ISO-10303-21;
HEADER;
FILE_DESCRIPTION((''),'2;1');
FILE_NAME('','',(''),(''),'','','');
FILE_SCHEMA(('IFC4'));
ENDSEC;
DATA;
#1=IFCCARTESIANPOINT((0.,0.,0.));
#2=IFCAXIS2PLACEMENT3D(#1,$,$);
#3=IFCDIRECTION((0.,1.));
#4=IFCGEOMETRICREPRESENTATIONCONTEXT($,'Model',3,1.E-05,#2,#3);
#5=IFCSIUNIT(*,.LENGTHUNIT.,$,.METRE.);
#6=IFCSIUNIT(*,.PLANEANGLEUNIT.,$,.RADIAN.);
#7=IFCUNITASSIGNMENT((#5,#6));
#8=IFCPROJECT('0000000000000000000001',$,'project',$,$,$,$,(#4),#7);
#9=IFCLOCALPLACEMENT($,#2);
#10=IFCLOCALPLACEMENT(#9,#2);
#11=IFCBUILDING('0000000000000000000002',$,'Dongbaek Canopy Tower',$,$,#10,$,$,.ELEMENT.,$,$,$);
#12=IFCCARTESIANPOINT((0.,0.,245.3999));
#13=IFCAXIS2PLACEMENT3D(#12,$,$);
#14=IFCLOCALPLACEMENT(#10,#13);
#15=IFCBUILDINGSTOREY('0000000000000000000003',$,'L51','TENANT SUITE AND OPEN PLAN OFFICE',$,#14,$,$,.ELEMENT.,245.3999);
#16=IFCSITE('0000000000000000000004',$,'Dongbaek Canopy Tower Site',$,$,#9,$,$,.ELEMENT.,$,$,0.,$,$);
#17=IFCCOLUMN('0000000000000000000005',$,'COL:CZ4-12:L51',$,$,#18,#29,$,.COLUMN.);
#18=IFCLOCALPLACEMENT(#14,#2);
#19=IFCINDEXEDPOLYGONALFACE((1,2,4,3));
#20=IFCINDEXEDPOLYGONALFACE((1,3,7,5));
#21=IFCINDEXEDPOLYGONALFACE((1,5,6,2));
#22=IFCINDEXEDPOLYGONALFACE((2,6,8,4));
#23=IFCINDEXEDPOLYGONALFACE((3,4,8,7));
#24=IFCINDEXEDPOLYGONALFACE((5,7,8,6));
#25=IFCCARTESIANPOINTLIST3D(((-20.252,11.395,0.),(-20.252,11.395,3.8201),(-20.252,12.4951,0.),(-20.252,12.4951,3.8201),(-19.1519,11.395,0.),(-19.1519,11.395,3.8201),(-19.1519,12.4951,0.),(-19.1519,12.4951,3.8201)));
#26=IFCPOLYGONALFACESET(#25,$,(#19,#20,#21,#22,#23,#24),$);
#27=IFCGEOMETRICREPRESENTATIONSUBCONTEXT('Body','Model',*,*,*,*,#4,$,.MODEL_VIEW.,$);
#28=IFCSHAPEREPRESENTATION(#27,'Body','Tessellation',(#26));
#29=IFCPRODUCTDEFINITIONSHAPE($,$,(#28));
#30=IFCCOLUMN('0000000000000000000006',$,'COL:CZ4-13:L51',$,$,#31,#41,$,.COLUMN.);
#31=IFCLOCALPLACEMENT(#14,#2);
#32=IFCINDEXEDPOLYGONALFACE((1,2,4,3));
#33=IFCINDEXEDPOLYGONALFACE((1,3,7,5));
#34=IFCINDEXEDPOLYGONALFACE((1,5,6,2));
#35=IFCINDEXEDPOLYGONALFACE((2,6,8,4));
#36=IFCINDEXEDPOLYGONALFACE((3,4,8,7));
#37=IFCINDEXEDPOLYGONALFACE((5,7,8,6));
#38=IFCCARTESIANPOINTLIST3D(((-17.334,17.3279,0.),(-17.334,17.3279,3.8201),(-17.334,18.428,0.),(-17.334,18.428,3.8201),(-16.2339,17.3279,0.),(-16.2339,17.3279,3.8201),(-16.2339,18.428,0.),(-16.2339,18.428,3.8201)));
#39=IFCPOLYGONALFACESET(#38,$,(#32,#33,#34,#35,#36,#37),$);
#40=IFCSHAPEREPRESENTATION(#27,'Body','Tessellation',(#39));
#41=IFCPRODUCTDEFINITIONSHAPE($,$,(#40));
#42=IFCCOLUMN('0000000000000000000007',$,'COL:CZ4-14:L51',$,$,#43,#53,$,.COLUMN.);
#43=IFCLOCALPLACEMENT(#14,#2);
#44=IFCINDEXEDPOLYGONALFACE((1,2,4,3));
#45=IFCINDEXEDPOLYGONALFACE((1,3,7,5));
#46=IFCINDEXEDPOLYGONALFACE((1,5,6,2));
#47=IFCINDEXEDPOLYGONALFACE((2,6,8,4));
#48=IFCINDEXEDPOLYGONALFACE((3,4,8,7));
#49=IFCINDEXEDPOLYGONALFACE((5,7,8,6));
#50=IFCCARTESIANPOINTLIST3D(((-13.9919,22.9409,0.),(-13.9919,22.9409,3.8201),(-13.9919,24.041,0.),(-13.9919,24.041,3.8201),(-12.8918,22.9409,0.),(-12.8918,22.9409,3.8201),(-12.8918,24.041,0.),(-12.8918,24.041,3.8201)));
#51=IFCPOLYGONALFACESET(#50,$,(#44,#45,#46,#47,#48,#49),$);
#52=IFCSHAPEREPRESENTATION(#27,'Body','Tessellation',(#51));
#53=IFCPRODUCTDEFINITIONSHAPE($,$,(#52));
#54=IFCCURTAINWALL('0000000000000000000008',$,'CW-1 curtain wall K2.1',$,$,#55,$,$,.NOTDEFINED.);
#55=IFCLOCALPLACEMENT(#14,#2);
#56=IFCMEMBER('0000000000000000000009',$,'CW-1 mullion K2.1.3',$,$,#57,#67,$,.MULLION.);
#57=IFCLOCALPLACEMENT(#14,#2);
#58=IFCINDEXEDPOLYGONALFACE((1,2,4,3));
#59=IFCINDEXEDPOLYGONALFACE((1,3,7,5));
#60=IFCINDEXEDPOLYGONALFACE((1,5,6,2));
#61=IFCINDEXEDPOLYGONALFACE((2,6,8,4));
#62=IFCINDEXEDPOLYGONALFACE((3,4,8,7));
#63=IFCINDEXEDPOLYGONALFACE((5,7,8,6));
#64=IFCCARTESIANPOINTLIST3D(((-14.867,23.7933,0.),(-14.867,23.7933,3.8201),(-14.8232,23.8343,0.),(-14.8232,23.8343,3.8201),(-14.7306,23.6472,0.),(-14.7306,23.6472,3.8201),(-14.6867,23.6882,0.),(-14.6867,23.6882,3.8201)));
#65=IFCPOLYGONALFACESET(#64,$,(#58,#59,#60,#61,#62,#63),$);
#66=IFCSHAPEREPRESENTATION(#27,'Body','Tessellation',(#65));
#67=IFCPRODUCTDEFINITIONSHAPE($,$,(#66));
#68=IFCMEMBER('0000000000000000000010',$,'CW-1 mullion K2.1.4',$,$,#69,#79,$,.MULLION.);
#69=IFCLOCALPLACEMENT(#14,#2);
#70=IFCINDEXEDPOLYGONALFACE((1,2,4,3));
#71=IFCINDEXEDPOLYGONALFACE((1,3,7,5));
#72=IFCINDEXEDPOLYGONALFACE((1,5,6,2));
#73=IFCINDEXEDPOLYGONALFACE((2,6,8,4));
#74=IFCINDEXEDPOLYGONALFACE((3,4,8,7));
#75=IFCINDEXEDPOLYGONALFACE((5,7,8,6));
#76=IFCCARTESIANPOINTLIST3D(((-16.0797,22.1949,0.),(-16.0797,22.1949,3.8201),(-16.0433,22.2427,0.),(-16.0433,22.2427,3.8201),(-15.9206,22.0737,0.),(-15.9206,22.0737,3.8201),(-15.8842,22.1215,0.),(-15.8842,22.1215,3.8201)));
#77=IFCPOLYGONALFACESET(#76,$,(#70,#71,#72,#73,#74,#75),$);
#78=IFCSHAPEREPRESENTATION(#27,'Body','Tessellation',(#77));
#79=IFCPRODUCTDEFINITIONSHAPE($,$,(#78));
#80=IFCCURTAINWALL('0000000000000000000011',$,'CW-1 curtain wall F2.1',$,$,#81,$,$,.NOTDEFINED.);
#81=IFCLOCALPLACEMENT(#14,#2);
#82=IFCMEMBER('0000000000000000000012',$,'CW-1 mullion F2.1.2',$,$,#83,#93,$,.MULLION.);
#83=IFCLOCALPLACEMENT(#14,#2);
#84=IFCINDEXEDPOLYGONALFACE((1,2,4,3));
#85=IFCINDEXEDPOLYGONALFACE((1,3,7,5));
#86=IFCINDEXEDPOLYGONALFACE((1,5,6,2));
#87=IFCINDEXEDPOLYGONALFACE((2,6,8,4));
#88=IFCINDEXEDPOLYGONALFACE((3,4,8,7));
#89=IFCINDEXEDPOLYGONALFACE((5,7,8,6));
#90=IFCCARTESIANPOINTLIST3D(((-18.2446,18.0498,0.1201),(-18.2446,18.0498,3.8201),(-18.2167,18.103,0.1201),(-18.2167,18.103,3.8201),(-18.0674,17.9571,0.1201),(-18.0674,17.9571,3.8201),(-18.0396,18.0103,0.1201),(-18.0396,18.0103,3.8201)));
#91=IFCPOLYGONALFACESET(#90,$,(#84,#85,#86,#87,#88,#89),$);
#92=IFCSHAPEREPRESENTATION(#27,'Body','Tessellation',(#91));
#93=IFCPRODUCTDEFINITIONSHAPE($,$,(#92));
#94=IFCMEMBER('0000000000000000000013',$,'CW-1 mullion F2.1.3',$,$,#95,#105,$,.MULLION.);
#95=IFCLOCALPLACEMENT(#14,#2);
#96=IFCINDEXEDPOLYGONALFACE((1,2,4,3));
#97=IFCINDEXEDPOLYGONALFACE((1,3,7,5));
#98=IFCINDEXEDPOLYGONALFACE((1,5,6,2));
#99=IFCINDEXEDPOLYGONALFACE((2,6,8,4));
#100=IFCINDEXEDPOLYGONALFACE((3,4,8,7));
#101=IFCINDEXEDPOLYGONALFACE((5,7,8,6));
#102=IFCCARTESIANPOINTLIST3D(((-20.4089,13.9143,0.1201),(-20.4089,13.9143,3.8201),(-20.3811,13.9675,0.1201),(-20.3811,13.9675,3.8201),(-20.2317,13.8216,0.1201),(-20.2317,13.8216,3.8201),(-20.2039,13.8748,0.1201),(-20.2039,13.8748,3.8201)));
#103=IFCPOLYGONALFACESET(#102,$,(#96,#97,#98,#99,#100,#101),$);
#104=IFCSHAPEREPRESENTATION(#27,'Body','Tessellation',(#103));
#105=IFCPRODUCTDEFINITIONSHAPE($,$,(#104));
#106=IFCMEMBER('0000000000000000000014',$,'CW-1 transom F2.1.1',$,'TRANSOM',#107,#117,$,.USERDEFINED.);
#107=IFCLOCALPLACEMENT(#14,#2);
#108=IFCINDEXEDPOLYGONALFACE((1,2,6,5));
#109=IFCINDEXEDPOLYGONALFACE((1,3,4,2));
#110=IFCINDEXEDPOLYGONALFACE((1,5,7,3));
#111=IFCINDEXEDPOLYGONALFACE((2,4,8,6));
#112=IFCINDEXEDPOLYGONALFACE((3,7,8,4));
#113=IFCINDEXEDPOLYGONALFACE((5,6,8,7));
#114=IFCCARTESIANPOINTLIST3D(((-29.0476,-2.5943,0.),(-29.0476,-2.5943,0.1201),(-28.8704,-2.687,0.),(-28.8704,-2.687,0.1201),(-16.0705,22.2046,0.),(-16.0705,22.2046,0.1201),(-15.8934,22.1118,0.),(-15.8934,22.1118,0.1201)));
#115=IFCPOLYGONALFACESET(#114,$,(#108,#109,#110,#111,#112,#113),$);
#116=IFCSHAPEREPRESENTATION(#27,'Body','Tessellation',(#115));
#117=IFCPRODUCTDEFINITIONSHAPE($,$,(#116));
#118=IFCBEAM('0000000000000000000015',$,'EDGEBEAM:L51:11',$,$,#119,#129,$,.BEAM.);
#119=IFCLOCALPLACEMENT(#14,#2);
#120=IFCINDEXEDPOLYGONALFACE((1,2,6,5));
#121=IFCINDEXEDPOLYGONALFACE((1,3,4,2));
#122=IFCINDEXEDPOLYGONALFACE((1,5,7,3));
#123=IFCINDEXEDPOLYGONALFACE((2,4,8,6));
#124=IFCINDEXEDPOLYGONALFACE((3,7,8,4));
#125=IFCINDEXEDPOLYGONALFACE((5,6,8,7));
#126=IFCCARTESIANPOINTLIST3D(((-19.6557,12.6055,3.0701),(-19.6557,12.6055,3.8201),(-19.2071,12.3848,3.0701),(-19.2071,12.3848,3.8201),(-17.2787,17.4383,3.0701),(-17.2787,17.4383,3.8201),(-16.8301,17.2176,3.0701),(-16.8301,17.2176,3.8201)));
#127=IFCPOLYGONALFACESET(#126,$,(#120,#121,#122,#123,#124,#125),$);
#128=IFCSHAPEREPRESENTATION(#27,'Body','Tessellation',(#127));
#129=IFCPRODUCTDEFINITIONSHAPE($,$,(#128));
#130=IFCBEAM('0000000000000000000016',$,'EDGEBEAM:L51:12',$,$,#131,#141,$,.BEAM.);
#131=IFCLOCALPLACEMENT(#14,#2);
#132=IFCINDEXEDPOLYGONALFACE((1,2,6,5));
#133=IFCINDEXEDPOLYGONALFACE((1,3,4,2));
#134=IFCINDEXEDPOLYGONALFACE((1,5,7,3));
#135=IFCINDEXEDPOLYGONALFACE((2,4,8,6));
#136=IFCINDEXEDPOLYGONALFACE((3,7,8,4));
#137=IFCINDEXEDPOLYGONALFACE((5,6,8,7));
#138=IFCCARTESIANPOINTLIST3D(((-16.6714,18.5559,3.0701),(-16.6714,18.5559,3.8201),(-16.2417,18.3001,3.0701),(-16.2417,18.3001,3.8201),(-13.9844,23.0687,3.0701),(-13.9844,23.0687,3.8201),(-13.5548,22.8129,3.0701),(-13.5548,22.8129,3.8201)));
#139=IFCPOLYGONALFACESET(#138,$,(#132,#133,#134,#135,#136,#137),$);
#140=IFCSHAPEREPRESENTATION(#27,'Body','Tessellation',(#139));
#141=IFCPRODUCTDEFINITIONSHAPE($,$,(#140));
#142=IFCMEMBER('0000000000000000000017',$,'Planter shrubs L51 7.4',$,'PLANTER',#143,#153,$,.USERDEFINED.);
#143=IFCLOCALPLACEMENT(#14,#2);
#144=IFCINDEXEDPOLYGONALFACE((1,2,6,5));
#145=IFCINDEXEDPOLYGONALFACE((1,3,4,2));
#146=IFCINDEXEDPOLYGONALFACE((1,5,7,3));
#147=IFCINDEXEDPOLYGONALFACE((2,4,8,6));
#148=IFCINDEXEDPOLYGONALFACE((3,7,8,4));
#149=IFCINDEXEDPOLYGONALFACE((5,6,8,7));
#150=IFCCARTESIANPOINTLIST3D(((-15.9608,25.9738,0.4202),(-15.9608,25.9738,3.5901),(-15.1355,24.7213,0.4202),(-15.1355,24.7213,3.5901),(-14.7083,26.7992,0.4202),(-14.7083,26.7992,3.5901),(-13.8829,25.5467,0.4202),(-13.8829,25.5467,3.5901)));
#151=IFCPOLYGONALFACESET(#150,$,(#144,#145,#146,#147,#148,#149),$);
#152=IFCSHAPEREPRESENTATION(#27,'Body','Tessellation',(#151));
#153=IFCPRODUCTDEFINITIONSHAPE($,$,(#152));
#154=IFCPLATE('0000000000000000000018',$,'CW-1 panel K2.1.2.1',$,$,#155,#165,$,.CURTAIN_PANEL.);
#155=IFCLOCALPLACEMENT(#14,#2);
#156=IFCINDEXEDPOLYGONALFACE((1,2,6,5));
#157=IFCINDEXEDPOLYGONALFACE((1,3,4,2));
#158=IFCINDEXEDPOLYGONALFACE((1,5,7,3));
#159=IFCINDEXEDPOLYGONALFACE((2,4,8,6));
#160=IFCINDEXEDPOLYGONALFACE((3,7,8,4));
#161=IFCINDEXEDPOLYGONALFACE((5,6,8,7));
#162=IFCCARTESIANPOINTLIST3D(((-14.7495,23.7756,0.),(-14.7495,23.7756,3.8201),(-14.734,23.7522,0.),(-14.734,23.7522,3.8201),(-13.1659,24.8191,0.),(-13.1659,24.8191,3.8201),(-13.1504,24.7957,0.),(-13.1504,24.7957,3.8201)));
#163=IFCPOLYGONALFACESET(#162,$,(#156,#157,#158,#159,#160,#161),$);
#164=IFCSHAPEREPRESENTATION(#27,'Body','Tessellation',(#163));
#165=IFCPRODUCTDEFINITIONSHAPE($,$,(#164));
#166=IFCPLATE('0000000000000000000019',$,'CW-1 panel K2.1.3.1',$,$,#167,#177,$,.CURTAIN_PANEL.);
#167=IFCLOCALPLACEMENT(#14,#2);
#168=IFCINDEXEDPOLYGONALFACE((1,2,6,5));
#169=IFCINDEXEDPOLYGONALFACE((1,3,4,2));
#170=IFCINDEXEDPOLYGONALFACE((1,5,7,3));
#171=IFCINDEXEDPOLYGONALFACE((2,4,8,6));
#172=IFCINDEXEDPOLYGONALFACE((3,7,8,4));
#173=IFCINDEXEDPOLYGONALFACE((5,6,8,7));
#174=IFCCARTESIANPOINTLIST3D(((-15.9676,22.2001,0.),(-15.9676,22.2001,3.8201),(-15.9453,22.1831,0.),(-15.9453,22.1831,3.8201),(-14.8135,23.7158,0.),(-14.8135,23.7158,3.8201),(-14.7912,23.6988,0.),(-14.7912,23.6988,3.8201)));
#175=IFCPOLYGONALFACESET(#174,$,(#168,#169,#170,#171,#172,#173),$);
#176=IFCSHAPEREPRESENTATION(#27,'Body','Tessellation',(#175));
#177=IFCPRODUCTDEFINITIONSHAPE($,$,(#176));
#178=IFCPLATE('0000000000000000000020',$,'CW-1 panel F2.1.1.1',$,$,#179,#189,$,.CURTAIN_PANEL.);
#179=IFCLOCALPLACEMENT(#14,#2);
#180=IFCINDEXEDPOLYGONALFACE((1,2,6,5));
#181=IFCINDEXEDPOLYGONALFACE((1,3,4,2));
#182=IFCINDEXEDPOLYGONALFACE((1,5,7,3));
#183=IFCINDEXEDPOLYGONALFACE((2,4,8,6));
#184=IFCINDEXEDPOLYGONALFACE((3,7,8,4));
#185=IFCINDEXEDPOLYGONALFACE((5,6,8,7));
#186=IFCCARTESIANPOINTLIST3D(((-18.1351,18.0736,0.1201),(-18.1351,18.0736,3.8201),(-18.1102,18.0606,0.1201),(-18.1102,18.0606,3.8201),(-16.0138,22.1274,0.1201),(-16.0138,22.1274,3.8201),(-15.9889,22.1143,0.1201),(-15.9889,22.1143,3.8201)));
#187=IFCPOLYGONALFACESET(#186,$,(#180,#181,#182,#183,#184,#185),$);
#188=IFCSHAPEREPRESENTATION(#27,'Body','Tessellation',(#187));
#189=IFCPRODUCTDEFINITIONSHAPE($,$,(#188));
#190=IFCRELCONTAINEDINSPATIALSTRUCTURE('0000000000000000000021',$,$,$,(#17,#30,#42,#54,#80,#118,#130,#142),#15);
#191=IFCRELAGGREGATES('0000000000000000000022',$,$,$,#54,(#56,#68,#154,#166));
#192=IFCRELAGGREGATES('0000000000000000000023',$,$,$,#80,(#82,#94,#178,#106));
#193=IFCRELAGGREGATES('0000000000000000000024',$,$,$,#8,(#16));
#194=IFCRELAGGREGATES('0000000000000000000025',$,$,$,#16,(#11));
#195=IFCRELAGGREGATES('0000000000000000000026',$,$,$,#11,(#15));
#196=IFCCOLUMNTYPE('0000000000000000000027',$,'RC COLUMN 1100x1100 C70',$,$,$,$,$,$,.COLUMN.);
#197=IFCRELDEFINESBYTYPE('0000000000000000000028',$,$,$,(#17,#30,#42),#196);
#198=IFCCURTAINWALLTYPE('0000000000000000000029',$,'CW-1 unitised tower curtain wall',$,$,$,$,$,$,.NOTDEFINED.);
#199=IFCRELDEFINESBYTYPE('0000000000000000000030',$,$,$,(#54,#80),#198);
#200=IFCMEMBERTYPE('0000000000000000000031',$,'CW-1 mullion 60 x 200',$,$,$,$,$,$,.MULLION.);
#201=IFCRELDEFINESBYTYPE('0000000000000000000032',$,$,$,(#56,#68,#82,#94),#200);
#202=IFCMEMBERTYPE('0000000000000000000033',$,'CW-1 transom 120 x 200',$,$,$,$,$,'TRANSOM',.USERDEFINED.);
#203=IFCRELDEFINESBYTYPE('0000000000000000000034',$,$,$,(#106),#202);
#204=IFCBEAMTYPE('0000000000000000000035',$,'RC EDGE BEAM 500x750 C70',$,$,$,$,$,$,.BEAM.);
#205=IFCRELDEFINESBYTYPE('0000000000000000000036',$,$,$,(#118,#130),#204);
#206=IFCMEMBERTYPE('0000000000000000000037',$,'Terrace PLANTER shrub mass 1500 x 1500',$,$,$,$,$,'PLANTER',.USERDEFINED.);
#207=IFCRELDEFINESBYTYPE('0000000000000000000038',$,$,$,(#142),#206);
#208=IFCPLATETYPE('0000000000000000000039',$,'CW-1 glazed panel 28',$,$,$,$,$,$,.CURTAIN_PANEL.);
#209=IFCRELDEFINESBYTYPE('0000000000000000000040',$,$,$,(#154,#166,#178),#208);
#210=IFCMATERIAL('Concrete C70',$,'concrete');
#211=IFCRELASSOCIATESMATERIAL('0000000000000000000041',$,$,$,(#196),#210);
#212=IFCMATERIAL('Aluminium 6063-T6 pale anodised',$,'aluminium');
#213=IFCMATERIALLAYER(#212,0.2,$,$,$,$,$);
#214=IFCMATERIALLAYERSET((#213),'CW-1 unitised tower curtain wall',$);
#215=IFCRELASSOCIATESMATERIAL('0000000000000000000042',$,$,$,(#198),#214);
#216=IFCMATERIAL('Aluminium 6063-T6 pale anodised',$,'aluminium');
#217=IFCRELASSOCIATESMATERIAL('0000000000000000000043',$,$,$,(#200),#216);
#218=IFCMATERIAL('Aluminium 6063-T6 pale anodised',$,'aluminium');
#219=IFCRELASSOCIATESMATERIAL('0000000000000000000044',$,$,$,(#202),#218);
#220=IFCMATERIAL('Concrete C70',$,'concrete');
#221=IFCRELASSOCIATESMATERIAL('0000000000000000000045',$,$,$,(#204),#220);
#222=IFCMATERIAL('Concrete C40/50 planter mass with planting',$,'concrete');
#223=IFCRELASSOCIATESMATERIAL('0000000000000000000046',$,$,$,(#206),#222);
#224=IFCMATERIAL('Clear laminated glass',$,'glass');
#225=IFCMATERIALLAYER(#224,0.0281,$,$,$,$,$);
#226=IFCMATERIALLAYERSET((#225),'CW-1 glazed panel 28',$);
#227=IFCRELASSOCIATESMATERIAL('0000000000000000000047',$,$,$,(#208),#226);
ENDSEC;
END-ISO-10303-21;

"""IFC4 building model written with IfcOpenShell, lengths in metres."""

from ifc_helpers import new_model, si_unit, direction, frame, origin, origin_2d, place, context, subcontext, project, spatial, rectangle, extrude, material, layer, layer_set, material_profile, profile_set, type_object, element, aggregate, save


model = new_model("IFC4")

# Units and contexts
model_context = context("Model", 3, precision=1e-05, world=origin(), true_north=direction((0.0, 1.0)))
body_context = subcontext(model_context, "Body", "Model", "MODEL_VIEW")
ifc_project = project(units=[si_unit("LENGTHUNIT", "METRE"), si_unit("PLANEANGLEUNIT", "RADIAN")], contexts=[model_context])

# Site, building, storey
site_placement = place(None, origin())
site = spatial("IfcSite", under=ifc_project, at=site_placement, Name="Dongbaek Canopy Tower Site", CompositionType="ELEMENT", RefElevation=0.0)
building_placement = place(site_placement, origin())
building = spatial("IfcBuilding", under=site, at=building_placement, Name="Dongbaek Canopy Tower", CompositionType="ELEMENT")
storey_placement = place(building_placement, frame((0.0, 0.0, 245.3999)))
storey = spatial("IfcBuildingStorey", under=building, at=storey_placement, Name="L51", Description="TENANT SUITE AND OPEN PLAN OFFICE", CompositionType="ELEMENT", Elevation=245.3999)

# Columns
ifc_material_1 = material(Name="Concrete C70", Category="concrete")
ifc_material_profile_1 = material_profile(ifc_material_1, rectangle(XDim=1.1001, YDim=1.1001, at=origin_2d()), Name="RC COLUMN 1100x1100 C70")
ifc_profile_set_1 = profile_set([ifc_material_profile_1], Name="Concrete C70")
column_type = type_object("IfcColumnType", Name="RC COLUMN 1100x1100 C70", PredefinedType="COLUMN", material=ifc_profile_set_1)
for number, where, z_axis, x_axis, name in (
    (1, (-19.7019, 11.9451, 0.0), (0.0, 0.0, 1.0), (1.0, 0.0, 0.0), "COL:CZ4-12:L51"),
    (2, (-16.7839, 17.8779, 0.0), (0.0, 0.0, 1.0), (1.0, 0.0, 0.0), "COL:CZ4-13:L51"),
    (3, (-13.4419, 23.491, 0.0), (0.0, 0.0, 1.0), (1.0, 0.0, 0.0), "COL:CZ4-14:L51"),
):
    element("IfcColumn", number, at=place(storey_placement, frame(where, z_axis=z_axis, x_axis=x_axis)), inside=storey, type_object=column_type, Name=name, PredefinedType="COLUMN", context=body_context, shape_type="SweptSolid", body=[
        extrude(rectangle(XDim=1.1001, YDim=1.1001, at=origin_2d()), origin(), (0.0, 0.0, 1.0), 3.8201),
    ])

# Curtain walls, members
ifc_material_2 = material(Name="Aluminium 6063-T6 pale anodised", Category="aluminium")
ifc_layer_1 = layer(ifc_material_2, 0.2)
ifc_layer_set_1 = layer_set([ifc_layer_1], Name="CW-1 unitised tower curtain wall")
curtain_wall_type = type_object("IfcCurtainWallType", Name="CW-1 unitised tower curtain wall", PredefinedType="NOTDEFINED", material=ifc_layer_set_1)
curtain_wall_1_placement = place(storey_placement, origin())
curtain_wall_1 = element("IfcCurtainWall", 4, at=curtain_wall_1_placement, inside=storey, type_object=curtain_wall_type, Name="CW-1 curtain wall K2.1", PredefinedType="NOTDEFINED")
ifc_material_3 = material(Name="Aluminium 6063-T6 pale anodised", Category="aluminium")
ifc_material_profile_2 = material_profile(ifc_material_3, rectangle(XDim=0.2, YDim=0.0601, at=origin_2d()), Name="CW-1 mullion 60 x 200")
ifc_profile_set_2 = profile_set([ifc_material_profile_2], Name="Aluminium 6063-T6 pale anodised")
member_type_1 = type_object("IfcMemberType", Name="CW-1 mullion 60 x 200", PredefinedType="MULLION", material=ifc_profile_set_2)
member_1_placement = place(storey_placement, frame((-14.7769, 23.7407, 0.0), z_axis=(0.0, 0.0, 1.0), x_axis=(-0.682606, 0.730787, 0.0)))
member_1 = element("IfcMember", 5, at=member_1_placement, type_object=member_type_1, Name="CW-1 mullion K2.1.3", PredefinedType="MULLION", context=body_context, shape_type="SweptSolid", body=[
    extrude(rectangle(XDim=0.2, YDim=0.0601, at=origin_2d()), origin(), (0.0, 0.0, 1.0), 3.8201),
])
member_2_placement = place(storey_placement, frame((-15.9819, 22.1582, 0.0), z_axis=(0.0, 0.0, 1.0), x_axis=(-0.795605, 0.605816, 0.0)))
member_2 = element("IfcMember", 6, at=member_2_placement, type_object=member_type_1, Name="CW-1 mullion K2.1.4", PredefinedType="MULLION", context=body_context, shape_type="SweptSolid", body=[
    extrude(rectangle(XDim=0.2, YDim=0.0601, at=origin_2d()), origin(), (0.0, 0.0, 1.0), 3.8201),
])
curtain_wall_2_placement = place(storey_placement, origin())
curtain_wall_2 = element("IfcCurtainWall", 7, at=curtain_wall_2_placement, inside=storey, type_object=curtain_wall_type, Name="CW-1 curtain wall F2.1", PredefinedType="NOTDEFINED")
member_3_placement = place(storey_placement, frame((-18.1421, 18.03, 0.1201), z_axis=(0.0, 0.0, 1.0), x_axis=(-0.886019, 0.463649, 0.0)))
member_3 = element("IfcMember", 8, at=member_3_placement, type_object=member_type_1, Name="CW-1 mullion F2.1.2", PredefinedType="MULLION", context=body_context, shape_type="SweptSolid", body=[
    extrude(rectangle(XDim=0.2, YDim=0.0601, at=origin_2d()), origin(), (0.0, 0.0, 1.0), 3.7),
])
member_4_placement = place(storey_placement, frame((-20.3064, 13.8945, 0.1201), z_axis=(0.0, 0.0, 1.0), x_axis=(-0.886019, 0.463649, 0.0)))
member_4 = element("IfcMember", 9, at=member_4_placement, type_object=member_type_1, Name="CW-1 mullion F2.1.3", PredefinedType="MULLION", context=body_context, shape_type="SweptSolid", body=[
    extrude(rectangle(XDim=0.2, YDim=0.0601, at=origin_2d()), origin(), (0.0, 0.0, 1.0), 3.7),
])
ifc_material_4 = material(Name="Aluminium 6063-T6 pale anodised", Category="aluminium")
ifc_material_profile_3 = material_profile(ifc_material_4, rectangle(XDim=0.2, YDim=0.1201, at=origin_2d()), Name="CW-1 transom 120 x 200")
ifc_profile_set_3 = profile_set([ifc_material_profile_3], Name="Aluminium 6063-T6 pale anodised")
member_type_2 = type_object("IfcMemberType", Name="CW-1 transom 120 x 200", ElementType="TRANSOM", PredefinedType="USERDEFINED", material=ifc_profile_set_3)
member_5_placement = place(storey_placement, frame((-15.9819, 22.1582, 0.0601), z_axis=(-0.463648, -0.88602, 0.0), x_axis=(0.88602, -0.463648, 0.0)))
member_5 = element("IfcMember", 10, at=member_5_placement, type_object=member_type_2, Name="CW-1 transom F2.1.1", ObjectType="TRANSOM", PredefinedType="USERDEFINED", context=body_context, shape_type="SweptSolid", body=[
    extrude(rectangle(XDim=0.2, YDim=0.1201, at=origin_2d()), origin(), (0.0, 0.0, 1.0), 27.989),
])

# Beams
ifc_material_5 = material(Name="Concrete C70", Category="concrete")
ifc_material_profile_4 = material_profile(ifc_material_5, rectangle(XDim=0.5, YDim=0.75, at=origin_2d()), Name="RC EDGE BEAM 500x750 C70")
ifc_profile_set_4 = profile_set([ifc_material_profile_4], Name="Concrete C70")
beam_type = type_object("IfcBeamType", Name="RC EDGE BEAM 500x750 C70", PredefinedType="BEAM", material=ifc_profile_set_4)
beam_1_placement = place(storey_placement, frame((-19.4314, 12.4951, 3.4451), z_axis=(0.441347, 0.897336, 0.0), x_axis=(-0.897336, 0.441347, 0.0)))
element("IfcBeam", 11, at=beam_1_placement, inside=storey, type_object=beam_type, Name="EDGEBEAM:L51:11", PredefinedType="BEAM", context=body_context, shape_type="SweptSolid", body=[
    extrude(rectangle(XDim=0.5, YDim=0.75, at=origin_2d()), origin(), (0.0, 0.0, 1.0), 5.3857),
])
beam_2_placement = place(storey_placement, frame((-16.4565, 18.428, 3.4451), z_axis=(0.511588, 0.859231, 0.0), x_axis=(-0.859231, 0.511588, 0.0)))
element("IfcBeam", 12, at=beam_2_placement, inside=storey, type_object=beam_type, Name="EDGEBEAM:L51:12", PredefinedType="BEAM", context=body_context, shape_type="SweptSolid", body=[
    extrude(rectangle(XDim=0.5, YDim=0.75, at=origin_2d()), origin(), (0.0, 0.0, 1.0), 5.2522),
])

# Member
ifc_material_6 = material(Name="Concrete C40/50 planter mass with planting", Category="concrete")
ifc_material_profile_5 = material_profile(ifc_material_6, rectangle(XDim=1.5, YDim=1.5, at=origin_2d()), Name="Terrace PLANTER shrub mass 1500 x 1500")
ifc_profile_set_5 = profile_set([ifc_material_profile_5], Name="Concrete C40/50 planter mass with planting")
member_type_3 = type_object("IfcMemberType", Name="Terrace PLANTER shrub mass 1500 x 1500", ElementType="PLANTER", PredefinedType="USERDEFINED", material=ifc_profile_set_5)
member_6_placement = place(storey_placement, frame((-14.9219, 25.7603, 0.4202), z_axis=(0.0, 0.0, 1.0), x_axis=(-0.550231, 0.835013, 0.0)))
element("IfcMember", 13, at=member_6_placement, inside=storey, type_object=member_type_3, Name="Planter shrubs L51 7.4", ObjectType="PLANTER", PredefinedType="USERDEFINED", context=body_context, shape_type="SweptSolid", body=[
    extrude(rectangle(XDim=1.5, YDim=1.5, at=origin_2d()), origin(), (0.0, 0.0, 1.0), 3.1699),
])

# Plates
ifc_material_7 = material(Name="Clear laminated glass", Category="glass")
ifc_layer_2 = layer(ifc_material_7, 0.0281)
ifc_layer_set_2 = layer_set([ifc_layer_2], Name="CW-1 glazed panel 28")
plate_type = type_object("IfcPlateType", Name="CW-1 glazed panel 28", PredefinedType="CURTAIN_PANEL", material=ifc_layer_set_2)
plate_1_placement = place(storey_placement, frame((-13.95, 24.2856, 0.0), z_axis=(0.0, 0.0, 1.0), x_axis=(-0.835013, -0.550231, 0.0)))
plate_1 = element("IfcPlate", 14, at=plate_1_placement, type_object=plate_type, Name="CW-1 panel K2.1.2.1", PredefinedType="CURTAIN_PANEL", context=body_context, shape_type="SweptSolid", body=[
    extrude(rectangle(XDim=1.8965, YDim=0.0281, at=origin_2d()), origin(), (0.0, 0.0, 1.0), 3.8201),
])
plate_2_placement = place(storey_placement, frame((-15.3794, 22.9495, 0.0), z_axis=(0.0, 0.0, 1.0), x_axis=(-0.605816, -0.795605, 0.0)))
plate_2 = element("IfcPlate", 15, at=plate_2_placement, type_object=plate_type, Name="CW-1 panel K2.1.3.1", PredefinedType="CURTAIN_PANEL", context=body_context, shape_type="SweptSolid", body=[
    extrude(rectangle(XDim=1.905, YDim=0.0281, at=origin_2d()), origin(), (0.0, 0.0, 1.0), 3.8201),
])
aggregate(curtain_wall_1, [member_1, member_2, plate_1, plate_2])
plate_3_placement = place(storey_placement, frame((-17.062, 20.094, 0.1201), z_axis=(0.0, 0.0, 1.0), x_axis=(-0.463649, -0.886019, 0.0)))
plate_3 = element("IfcPlate", 16, at=plate_3_placement, type_object=plate_type, Name="CW-1 panel F2.1.1.1", PredefinedType="CURTAIN_PANEL", context=body_context, shape_type="SweptSolid", body=[
    extrude(rectangle(XDim=4.5752, YDim=0.0281, at=origin_2d()), origin(), (0.0, 0.0, 1.0), 3.7),
])

aggregate(curtain_wall_2, [member_3, member_4, plate_3, member_5])

save(model, "model.ifc")
